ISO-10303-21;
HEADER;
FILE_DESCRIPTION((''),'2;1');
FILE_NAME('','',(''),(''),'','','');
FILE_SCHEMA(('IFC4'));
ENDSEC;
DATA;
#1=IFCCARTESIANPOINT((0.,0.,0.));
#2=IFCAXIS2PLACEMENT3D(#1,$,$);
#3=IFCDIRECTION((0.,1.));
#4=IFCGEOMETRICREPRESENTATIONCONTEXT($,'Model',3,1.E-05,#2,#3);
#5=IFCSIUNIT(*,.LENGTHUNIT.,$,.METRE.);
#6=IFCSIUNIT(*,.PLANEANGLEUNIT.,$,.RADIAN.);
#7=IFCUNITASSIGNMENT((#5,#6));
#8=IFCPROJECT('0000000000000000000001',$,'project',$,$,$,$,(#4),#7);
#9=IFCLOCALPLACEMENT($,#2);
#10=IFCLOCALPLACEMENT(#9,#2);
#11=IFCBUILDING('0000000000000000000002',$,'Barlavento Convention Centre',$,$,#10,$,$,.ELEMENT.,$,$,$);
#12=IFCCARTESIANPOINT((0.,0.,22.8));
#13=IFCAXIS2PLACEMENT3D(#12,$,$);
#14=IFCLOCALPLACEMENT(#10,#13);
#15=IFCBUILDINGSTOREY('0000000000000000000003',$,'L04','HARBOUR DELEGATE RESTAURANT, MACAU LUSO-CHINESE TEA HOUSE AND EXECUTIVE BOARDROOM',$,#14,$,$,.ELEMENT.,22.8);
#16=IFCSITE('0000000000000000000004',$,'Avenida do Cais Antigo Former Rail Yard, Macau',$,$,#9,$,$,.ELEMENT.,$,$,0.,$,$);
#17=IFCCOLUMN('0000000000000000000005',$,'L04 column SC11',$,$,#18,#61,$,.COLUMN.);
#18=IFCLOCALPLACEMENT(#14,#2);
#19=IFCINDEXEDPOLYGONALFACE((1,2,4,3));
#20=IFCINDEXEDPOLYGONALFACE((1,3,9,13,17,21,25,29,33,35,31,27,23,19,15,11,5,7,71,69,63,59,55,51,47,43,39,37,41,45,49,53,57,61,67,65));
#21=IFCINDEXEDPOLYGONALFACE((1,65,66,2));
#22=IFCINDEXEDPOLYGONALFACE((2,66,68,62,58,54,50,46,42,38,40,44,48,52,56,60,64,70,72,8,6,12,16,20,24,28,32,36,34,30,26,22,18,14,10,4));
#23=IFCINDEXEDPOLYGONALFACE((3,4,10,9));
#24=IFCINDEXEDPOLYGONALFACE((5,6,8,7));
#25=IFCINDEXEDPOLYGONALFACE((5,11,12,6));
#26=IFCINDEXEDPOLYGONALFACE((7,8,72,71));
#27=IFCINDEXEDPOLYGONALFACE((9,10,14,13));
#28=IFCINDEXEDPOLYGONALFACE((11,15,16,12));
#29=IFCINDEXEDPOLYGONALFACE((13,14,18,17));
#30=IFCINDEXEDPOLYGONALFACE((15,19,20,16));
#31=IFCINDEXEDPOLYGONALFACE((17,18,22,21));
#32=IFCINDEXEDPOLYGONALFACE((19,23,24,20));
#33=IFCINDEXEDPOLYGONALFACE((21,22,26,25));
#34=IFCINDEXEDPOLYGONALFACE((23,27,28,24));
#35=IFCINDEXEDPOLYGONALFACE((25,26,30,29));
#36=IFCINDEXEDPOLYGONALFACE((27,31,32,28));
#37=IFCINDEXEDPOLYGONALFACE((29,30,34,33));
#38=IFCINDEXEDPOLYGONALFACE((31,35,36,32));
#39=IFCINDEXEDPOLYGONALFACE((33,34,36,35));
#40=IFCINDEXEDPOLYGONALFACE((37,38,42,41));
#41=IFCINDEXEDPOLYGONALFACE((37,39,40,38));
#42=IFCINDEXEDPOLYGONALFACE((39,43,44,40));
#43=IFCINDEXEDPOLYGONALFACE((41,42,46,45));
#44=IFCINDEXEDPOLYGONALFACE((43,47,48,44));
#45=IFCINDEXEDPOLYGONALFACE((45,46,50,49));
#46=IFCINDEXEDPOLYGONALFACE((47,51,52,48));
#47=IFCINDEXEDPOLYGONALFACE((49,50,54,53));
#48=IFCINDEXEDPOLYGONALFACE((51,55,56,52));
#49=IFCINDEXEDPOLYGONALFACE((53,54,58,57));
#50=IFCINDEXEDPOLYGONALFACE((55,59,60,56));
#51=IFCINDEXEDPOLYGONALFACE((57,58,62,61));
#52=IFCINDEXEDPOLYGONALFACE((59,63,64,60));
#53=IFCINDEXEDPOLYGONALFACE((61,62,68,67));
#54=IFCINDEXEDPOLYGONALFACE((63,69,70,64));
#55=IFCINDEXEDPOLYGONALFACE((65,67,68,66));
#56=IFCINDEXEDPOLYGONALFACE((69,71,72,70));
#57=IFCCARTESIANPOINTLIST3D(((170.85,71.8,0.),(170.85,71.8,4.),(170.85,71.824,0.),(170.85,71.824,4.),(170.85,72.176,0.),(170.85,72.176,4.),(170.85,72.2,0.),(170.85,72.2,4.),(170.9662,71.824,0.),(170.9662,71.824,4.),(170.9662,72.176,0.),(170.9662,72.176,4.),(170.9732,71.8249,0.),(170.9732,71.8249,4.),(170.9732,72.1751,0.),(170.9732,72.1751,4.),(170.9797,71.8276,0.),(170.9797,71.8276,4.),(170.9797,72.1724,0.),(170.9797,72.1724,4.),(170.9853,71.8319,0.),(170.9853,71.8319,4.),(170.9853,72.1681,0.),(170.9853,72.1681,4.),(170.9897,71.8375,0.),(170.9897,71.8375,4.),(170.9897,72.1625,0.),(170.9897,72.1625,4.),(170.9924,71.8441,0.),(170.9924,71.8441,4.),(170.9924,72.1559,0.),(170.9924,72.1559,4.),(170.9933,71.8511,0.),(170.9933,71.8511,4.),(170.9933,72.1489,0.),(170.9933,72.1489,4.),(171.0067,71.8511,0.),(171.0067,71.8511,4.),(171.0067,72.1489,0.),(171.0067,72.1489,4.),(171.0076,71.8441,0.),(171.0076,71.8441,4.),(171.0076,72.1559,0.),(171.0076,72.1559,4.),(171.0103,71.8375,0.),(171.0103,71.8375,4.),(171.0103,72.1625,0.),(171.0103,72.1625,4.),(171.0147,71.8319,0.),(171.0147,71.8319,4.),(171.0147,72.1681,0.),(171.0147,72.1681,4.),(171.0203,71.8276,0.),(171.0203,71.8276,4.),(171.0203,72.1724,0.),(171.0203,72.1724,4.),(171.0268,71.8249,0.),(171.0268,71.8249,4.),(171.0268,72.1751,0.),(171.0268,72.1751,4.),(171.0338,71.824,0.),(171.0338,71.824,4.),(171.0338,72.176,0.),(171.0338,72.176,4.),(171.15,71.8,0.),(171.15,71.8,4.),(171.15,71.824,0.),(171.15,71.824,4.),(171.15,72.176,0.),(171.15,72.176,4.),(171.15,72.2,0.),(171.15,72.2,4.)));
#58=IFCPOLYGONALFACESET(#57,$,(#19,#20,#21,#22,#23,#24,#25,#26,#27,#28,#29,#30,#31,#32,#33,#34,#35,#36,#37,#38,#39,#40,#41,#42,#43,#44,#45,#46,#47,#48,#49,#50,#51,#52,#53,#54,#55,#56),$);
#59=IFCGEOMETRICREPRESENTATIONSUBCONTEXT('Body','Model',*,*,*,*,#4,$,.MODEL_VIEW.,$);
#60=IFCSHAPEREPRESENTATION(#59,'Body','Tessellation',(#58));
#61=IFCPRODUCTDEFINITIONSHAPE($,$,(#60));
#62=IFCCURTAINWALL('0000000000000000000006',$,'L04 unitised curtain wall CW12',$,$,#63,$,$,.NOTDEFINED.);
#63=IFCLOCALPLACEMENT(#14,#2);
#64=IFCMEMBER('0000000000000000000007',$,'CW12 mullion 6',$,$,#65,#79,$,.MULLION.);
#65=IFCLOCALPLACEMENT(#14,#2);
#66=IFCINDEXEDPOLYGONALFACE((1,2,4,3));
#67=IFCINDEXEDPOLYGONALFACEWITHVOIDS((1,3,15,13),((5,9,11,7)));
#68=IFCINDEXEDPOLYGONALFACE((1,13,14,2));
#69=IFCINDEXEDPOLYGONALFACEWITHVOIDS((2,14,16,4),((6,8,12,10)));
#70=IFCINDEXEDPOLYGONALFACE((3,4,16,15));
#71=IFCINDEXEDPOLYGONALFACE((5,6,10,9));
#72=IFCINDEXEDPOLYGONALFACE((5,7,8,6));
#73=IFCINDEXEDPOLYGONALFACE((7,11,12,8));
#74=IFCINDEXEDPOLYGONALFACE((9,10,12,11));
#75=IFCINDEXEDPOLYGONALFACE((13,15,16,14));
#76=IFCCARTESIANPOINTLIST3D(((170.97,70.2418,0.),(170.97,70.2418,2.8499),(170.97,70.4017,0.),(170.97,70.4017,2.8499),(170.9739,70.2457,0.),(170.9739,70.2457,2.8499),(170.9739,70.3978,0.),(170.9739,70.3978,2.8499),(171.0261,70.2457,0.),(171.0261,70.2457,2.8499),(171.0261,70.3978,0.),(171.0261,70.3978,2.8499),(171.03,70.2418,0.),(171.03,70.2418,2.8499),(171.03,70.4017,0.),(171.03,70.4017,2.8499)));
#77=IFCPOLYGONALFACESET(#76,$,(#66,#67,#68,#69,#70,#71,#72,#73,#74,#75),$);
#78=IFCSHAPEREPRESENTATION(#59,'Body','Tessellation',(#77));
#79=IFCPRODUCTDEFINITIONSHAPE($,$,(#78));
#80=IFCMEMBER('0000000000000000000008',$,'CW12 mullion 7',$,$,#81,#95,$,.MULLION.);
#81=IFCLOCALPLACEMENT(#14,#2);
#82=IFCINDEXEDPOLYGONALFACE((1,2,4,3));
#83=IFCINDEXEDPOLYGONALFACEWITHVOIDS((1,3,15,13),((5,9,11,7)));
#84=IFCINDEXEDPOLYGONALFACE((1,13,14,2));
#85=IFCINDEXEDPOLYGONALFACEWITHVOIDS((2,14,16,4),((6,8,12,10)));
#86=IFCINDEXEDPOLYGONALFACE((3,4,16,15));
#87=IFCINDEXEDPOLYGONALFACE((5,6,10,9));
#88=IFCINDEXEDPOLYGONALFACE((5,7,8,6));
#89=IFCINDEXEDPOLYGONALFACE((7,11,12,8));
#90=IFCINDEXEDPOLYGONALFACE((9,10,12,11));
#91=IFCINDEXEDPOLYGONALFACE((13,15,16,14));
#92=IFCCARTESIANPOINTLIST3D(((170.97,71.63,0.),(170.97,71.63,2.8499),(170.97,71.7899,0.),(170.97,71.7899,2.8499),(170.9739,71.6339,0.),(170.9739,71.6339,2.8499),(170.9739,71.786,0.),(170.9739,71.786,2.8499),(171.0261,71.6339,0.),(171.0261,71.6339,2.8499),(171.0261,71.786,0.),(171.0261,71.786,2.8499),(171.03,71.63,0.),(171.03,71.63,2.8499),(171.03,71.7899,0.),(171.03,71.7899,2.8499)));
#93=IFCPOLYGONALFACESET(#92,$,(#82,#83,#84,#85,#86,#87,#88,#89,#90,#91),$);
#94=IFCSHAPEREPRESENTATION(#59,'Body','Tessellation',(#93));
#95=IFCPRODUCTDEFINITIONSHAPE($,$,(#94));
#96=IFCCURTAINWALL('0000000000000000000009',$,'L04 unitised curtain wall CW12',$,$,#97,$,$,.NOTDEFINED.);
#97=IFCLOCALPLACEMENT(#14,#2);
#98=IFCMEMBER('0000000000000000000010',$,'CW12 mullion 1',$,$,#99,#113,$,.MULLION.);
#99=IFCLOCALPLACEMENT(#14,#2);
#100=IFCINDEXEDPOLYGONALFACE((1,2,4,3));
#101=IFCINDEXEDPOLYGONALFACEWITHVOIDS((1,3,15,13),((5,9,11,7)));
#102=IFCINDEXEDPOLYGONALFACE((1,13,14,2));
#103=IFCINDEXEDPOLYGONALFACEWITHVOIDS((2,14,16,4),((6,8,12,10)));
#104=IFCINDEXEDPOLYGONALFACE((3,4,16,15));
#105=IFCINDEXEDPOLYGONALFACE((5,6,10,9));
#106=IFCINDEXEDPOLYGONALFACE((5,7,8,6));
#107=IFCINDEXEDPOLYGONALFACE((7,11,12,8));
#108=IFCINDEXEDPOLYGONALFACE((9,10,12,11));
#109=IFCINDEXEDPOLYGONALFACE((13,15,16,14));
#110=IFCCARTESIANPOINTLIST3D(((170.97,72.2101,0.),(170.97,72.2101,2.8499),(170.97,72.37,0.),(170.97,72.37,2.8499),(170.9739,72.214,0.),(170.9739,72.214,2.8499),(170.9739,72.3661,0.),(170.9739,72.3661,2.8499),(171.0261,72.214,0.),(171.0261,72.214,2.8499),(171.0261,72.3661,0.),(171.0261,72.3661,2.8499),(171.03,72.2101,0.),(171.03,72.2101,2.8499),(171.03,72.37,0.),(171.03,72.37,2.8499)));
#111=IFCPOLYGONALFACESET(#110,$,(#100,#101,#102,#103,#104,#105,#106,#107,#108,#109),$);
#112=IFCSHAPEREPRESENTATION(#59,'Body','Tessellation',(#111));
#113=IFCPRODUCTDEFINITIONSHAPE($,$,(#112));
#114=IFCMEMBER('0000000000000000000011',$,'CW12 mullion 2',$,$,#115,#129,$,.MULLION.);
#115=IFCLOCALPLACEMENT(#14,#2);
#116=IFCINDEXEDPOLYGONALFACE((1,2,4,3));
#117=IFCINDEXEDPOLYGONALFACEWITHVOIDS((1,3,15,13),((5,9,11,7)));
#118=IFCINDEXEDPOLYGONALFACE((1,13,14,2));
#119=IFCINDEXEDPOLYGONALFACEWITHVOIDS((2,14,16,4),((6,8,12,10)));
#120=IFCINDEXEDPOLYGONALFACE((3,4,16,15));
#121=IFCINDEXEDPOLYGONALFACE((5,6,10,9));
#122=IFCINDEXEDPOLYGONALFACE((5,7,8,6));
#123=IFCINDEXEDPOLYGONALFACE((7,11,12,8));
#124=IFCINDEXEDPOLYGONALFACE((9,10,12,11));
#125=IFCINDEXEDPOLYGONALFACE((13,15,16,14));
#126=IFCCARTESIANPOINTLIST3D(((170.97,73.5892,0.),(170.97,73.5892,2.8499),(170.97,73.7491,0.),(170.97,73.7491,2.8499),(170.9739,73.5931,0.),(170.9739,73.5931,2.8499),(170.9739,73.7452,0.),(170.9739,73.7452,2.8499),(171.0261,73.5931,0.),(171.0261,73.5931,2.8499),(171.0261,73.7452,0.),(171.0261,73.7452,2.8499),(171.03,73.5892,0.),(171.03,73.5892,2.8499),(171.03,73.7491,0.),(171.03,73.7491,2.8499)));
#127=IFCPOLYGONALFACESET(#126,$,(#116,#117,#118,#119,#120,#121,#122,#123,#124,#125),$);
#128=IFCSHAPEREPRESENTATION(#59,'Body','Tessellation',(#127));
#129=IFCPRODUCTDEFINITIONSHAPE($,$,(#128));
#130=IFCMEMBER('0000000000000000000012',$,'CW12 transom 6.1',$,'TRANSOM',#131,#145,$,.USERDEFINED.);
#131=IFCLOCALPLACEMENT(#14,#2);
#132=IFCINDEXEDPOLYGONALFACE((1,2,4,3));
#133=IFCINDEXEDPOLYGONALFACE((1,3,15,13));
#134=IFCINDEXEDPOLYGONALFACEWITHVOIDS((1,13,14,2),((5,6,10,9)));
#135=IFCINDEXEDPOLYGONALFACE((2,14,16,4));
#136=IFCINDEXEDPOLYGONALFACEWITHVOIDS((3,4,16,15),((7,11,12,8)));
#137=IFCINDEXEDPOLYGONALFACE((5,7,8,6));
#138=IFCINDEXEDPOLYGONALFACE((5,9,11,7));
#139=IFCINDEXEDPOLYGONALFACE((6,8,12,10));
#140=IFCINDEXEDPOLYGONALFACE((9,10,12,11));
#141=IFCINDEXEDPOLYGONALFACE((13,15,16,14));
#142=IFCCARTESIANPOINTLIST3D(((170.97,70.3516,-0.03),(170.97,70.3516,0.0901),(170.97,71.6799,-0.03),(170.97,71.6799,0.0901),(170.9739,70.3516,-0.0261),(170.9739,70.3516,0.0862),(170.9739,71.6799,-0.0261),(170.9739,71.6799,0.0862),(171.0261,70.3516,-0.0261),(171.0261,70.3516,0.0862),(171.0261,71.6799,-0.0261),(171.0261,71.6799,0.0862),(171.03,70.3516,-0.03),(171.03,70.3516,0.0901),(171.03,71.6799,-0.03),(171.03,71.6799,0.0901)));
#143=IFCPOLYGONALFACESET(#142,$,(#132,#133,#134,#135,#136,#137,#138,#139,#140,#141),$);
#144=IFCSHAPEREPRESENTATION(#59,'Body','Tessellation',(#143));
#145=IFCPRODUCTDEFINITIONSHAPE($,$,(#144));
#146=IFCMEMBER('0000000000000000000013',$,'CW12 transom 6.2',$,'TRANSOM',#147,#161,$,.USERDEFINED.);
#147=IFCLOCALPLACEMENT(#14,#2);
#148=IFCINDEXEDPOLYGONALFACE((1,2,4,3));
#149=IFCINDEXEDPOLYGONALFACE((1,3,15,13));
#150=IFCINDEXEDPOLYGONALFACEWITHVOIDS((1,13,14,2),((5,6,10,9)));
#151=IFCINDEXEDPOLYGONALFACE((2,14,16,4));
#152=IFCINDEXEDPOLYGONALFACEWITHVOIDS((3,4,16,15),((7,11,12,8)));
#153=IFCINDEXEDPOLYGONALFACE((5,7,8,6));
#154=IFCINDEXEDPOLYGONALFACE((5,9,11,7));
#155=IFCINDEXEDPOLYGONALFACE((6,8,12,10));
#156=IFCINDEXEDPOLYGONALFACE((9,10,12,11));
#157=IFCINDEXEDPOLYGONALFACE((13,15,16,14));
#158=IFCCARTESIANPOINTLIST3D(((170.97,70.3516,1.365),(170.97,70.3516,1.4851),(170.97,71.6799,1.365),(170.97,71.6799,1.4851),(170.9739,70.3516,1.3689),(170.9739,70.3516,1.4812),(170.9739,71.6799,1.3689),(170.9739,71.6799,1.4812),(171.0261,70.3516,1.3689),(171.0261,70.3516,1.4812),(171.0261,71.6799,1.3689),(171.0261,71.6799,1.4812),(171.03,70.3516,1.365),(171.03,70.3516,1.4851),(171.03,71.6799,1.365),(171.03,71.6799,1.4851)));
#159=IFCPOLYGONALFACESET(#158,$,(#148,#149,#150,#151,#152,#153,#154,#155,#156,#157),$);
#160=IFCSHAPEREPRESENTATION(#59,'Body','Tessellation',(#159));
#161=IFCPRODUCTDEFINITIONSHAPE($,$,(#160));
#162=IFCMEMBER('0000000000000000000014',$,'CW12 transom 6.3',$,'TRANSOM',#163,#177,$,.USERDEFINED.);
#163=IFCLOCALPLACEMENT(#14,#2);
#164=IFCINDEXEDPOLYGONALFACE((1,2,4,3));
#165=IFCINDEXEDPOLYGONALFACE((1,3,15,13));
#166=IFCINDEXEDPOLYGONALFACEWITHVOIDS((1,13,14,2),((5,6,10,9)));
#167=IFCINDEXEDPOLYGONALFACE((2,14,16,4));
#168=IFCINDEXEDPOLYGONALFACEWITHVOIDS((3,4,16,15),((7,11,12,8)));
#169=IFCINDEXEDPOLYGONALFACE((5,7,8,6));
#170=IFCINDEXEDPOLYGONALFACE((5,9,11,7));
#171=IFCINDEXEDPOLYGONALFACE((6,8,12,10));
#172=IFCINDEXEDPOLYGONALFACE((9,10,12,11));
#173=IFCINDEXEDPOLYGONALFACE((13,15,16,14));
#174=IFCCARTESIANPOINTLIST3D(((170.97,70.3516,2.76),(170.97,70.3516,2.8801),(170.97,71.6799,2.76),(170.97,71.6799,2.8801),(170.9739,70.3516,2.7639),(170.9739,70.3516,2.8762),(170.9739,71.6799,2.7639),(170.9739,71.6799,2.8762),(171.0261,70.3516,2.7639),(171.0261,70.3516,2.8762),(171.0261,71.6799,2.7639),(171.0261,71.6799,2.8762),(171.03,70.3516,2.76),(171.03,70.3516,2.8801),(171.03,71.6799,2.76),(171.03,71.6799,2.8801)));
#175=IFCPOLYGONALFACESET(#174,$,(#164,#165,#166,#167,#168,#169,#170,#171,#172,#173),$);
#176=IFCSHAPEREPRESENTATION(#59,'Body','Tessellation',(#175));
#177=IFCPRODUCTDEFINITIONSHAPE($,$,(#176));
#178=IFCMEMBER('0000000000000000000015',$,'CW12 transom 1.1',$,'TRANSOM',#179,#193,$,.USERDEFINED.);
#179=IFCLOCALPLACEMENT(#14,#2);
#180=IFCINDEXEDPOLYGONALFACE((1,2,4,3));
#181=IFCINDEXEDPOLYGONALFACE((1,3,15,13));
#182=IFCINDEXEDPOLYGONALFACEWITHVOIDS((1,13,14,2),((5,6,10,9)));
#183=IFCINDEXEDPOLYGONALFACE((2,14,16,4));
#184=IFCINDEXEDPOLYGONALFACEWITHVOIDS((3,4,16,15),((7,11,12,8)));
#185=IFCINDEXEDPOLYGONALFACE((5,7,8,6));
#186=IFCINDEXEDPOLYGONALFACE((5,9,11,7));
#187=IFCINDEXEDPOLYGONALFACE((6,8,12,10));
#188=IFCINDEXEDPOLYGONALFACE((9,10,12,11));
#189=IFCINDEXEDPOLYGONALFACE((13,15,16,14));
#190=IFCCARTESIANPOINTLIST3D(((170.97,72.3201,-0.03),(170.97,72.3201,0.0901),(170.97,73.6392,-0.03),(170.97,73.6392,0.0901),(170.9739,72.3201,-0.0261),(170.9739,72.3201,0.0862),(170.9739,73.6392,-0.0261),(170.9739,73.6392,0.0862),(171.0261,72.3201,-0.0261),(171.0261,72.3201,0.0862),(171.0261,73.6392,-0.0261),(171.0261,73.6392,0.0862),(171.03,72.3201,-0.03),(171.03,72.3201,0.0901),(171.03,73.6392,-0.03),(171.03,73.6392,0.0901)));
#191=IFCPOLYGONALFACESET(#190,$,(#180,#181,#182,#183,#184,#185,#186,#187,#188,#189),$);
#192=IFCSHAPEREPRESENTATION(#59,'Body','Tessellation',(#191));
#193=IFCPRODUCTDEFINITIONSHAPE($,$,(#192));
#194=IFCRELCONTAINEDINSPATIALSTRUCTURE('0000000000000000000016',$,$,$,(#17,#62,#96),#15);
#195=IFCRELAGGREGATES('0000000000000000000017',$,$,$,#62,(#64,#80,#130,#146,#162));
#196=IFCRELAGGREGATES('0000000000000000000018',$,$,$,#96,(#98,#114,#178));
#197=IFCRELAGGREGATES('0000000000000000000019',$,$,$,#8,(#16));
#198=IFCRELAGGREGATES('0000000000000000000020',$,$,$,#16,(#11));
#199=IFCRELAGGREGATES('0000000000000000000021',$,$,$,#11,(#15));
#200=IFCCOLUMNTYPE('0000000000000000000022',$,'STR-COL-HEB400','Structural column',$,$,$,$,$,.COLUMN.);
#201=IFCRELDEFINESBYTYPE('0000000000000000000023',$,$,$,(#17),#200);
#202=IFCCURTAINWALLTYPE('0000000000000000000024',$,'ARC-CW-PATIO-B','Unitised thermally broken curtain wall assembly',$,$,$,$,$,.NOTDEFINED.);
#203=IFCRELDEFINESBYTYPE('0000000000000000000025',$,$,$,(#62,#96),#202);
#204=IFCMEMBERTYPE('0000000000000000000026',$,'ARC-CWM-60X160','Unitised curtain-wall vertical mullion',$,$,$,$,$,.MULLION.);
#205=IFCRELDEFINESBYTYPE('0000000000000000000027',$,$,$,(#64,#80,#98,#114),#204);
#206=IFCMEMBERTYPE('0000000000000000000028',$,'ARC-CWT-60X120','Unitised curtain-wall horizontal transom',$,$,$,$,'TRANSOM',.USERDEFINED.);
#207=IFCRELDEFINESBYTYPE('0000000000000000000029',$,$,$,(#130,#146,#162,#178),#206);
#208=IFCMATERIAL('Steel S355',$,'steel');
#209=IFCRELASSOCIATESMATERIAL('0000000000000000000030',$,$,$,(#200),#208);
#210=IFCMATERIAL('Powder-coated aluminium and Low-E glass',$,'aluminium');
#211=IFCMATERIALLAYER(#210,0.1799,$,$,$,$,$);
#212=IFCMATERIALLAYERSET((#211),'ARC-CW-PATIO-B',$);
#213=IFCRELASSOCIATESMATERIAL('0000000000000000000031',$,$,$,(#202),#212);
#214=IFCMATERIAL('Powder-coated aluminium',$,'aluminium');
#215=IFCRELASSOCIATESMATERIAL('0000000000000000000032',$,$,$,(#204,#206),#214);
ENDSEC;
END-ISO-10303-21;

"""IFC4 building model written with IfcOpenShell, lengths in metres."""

from ifc_helpers import new_model, si_unit, direction, frame, origin, origin_2d, place, context, subcontext, project, spatial, hollow_rectangle, i_section, extrude, material, layer, layer_set, material_profile, profile_set, type_object, element, aggregate, save


model = new_model("IFC4")

# Units and contexts
model_context = context("Model", 3, precision=1e-05, world=origin(), true_north=direction((0.0, 1.0)))
body_context = subcontext(model_context, "Body", "Model", "MODEL_VIEW")
ifc_project = project(units=[si_unit("LENGTHUNIT", "METRE"), si_unit("PLANEANGLEUNIT", "RADIAN")], contexts=[model_context])

# Site, building, storey
site_placement = place(None, origin())
site = spatial("IfcSite", under=ifc_project, at=site_placement, Name="Avenida do Cais Antigo Former Rail Yard, Macau", CompositionType="ELEMENT", RefElevation=0.0)
building_placement = place(site_placement, origin())
building = spatial("IfcBuilding", under=site, at=building_placement, Name="Barlavento Convention Centre", CompositionType="ELEMENT")
storey_placement = place(building_placement, frame((0.0, 0.0, 22.8)))
storey = spatial("IfcBuildingStorey", under=building, at=storey_placement, Name="L04", Description="HARBOUR DELEGATE RESTAURANT, MACAU LUSO-CHINESE TEA HOUSE AND EXECUTIVE BOARDROOM", CompositionType="ELEMENT", Elevation=22.8)

# Column
ifc_material_1 = material(Name="Steel S355", Category="steel")
ifc_material_profile_1 = material_profile(ifc_material_1, i_section(OverallWidth=0.3, OverallDepth=0.3999, WebThickness=0.0134, FlangeThickness=0.0239, FilletRadius=0.0271, at=origin_2d()), Name="HEB 400")
ifc_profile_set_1 = profile_set([ifc_material_profile_1], Name="Steel S355")
column_type = type_object("IfcColumnType", Name="STR-COL-HEB400", Description="Structural column", PredefinedType="COLUMN", material=ifc_profile_set_1)
column_placement = place(storey_placement, frame((171.0, 72.0, 0.0), z_axis=(0.0, 0.0, 1.0), x_axis=(1.0, 0.0, 0.0)))
element("IfcColumn", 1, at=column_placement, inside=storey, type_object=column_type, Name="L04 column SC11", PredefinedType="COLUMN", context=body_context, shape_type="SweptSolid", body=[
    extrude(i_section(OverallWidth=0.3, OverallDepth=0.3999, WebThickness=0.0134, FlangeThickness=0.0239, FilletRadius=0.0271, at=origin_2d()), origin(), (0.0, 0.0, 1.0), 4.0),
])

# Curtain walls, members
ifc_material_2 = material(Name="Powder-coated aluminium and Low-E glass", Category="aluminium")
ifc_layer_1 = layer(ifc_material_2, 0.1799)
ifc_layer_set_1 = layer_set([ifc_layer_1], Name="ARC-CW-PATIO-B")
curtain_wall_type = type_object("IfcCurtainWallType", Name="ARC-CW-PATIO-B", Description="Unitised thermally broken curtain wall assembly", PredefinedType="NOTDEFINED", material=ifc_layer_set_1)
curtain_wall_1_placement = place(storey_placement, origin())
curtain_wall_1 = element("IfcCurtainWall", 2, at=curtain_wall_1_placement, inside=storey, type_object=curtain_wall_type, Name="L04 unitised curtain wall CW12", PredefinedType="NOTDEFINED")
ifc_material_3 = material(Name="Powder-coated aluminium", Category="aluminium")
ifc_material_profile_2 = material_profile(ifc_material_3, hollow_rectangle(XDim=0.0601, YDim=0.1599, WallThickness=0.0039, at=origin_2d()), Name="AL-MULL 60x160x4")
ifc_profile_set_2 = profile_set([ifc_material_profile_2], Name="Powder-coated aluminium")
member_type_1 = type_object("IfcMemberType", Name="ARC-CWM-60X160", Description="Unitised curtain-wall vertical mullion", PredefinedType="MULLION", material=ifc_profile_set_2)
member_1_placement = place(storey_placement, frame((171.0, 70.3218, 0.0), z_axis=(0.0, 0.0, 1.0), x_axis=(-1.0, 0.0, 0.0)))
member_1 = element("IfcMember", 3, at=member_1_placement, type_object=member_type_1, Name="CW12 mullion 6", PredefinedType="MULLION", context=body_context, shape_type="SweptSolid", body=[
    extrude(hollow_rectangle(XDim=0.0601, YDim=0.1599, WallThickness=0.0039, at=origin_2d()), origin(), (0.0, 0.0, 1.0), 2.8499),
])
member_2_placement = place(storey_placement, frame((171.0, 71.71, 0.0), z_axis=(0.0, 0.0, 1.0), x_axis=(-1.0, 0.0, 0.0)))
member_2 = element("IfcMember", 4, at=member_2_placement, type_object=member_type_1, Name="CW12 mullion 7", PredefinedType="MULLION", context=body_context, shape_type="SweptSolid", body=[
    extrude(hollow_rectangle(XDim=0.0601, YDim=0.1599, WallThickness=0.0039, at=origin_2d()), origin(), (0.0, 0.0, 1.0), 2.8499),
])
curtain_wall_2_placement = place(storey_placement, origin())
curtain_wall_2 = element("IfcCurtainWall", 5, at=curtain_wall_2_placement, inside=storey, type_object=curtain_wall_type, Name="L04 unitised curtain wall CW12", PredefinedType="NOTDEFINED")
member_3_placement = place(storey_placement, frame((171.0, 72.29, 0.0), z_axis=(0.0, 0.0, 1.0), x_axis=(-1.0, 0.0, 0.0)))
member_3 = element("IfcMember", 6, at=member_3_placement, type_object=member_type_1, Name="CW12 mullion 1", PredefinedType="MULLION", context=body_context, shape_type="SweptSolid", body=[
    extrude(hollow_rectangle(XDim=0.0601, YDim=0.1599, WallThickness=0.0039, at=origin_2d()), origin(), (0.0, 0.0, 1.0), 2.8499),
])
member_4_placement = place(storey_placement, frame((171.0, 73.6692, 0.0), z_axis=(0.0, 0.0, 1.0), x_axis=(-1.0, 0.0, 0.0)))
member_4 = element("IfcMember", 7, at=member_4_placement, type_object=member_type_1, Name="CW12 mullion 2", PredefinedType="MULLION", context=body_context, shape_type="SweptSolid", body=[
    extrude(hollow_rectangle(XDim=0.0601, YDim=0.1599, WallThickness=0.0039, at=origin_2d()), origin(), (0.0, 0.0, 1.0), 2.8499),
])

# Members
ifc_material_profile_3 = material_profile(ifc_material_3, hollow_rectangle(XDim=0.0601, YDim=0.1201, WallThickness=0.0039, at=origin_2d()), Name="AL-TRAN 60x120x4")
ifc_profile_set_3 = profile_set([ifc_material_profile_3], Name="Powder-coated aluminium")
member_type_2 = type_object("IfcMemberType", Name="ARC-CWT-60X120", Description="Unitised curtain-wall horizontal transom", ElementType="TRANSOM", PredefinedType="USERDEFINED", material=ifc_profile_set_3)
member_5_placement = place(storey_placement, frame((171.0, 70.3516, 0.03), z_axis=(0.0, 1.0, 0.0), x_axis=(-1.0, 0.0, 0.0)))
member_5 = element("IfcMember", 8, at=member_5_placement, type_object=member_type_2, Name="CW12 transom 6.1", ObjectType="TRANSOM", PredefinedType="USERDEFINED", context=body_context, shape_type="SweptSolid", body=[
    extrude(hollow_rectangle(XDim=0.0601, YDim=0.1201, WallThickness=0.0039, at=origin_2d()), origin(), (0.0, 0.0, 1.0), 1.3284),
])
member_6_placement = place(storey_placement, frame((171.0, 70.3516, 1.425), z_axis=(0.0, 1.0, 0.0), x_axis=(-1.0, 0.0, 0.0)))
member_6 = element("IfcMember", 9, at=member_6_placement, type_object=member_type_2, Name="CW12 transom 6.2", ObjectType="TRANSOM", PredefinedType="USERDEFINED", context=body_context, shape_type="SweptSolid", body=[
    extrude(hollow_rectangle(XDim=0.0601, YDim=0.1201, WallThickness=0.0039, at=origin_2d()), origin(), (0.0, 0.0, 1.0), 1.3284),
])
member_7_placement = place(storey_placement, frame((171.0, 70.3516, 2.8201), z_axis=(0.0, 1.0, 0.0), x_axis=(-1.0, 0.0, 0.0)))
member_7 = element("IfcMember", 10, at=member_7_placement, type_object=member_type_2, Name="CW12 transom 6.3", ObjectType="TRANSOM", PredefinedType="USERDEFINED", context=body_context, shape_type="SweptSolid", body=[
    extrude(hollow_rectangle(XDim=0.0601, YDim=0.1201, WallThickness=0.0039, at=origin_2d()), origin(), (0.0, 0.0, 1.0), 1.3284),
])
member_8_placement = place(storey_placement, frame((171.0, 72.3201, 0.03), z_axis=(0.0, 1.0, 0.0), x_axis=(-1.0, 0.0, 0.0)))
member_8 = element("IfcMember", 11, at=member_8_placement, type_object=member_type_2, Name="CW12 transom 1.1", ObjectType="TRANSOM", PredefinedType="USERDEFINED", context=body_context, shape_type="SweptSolid", body=[
    extrude(hollow_rectangle(XDim=0.0601, YDim=0.1201, WallThickness=0.0039, at=origin_2d()), origin(), (0.0, 0.0, 1.0), 1.3191),
])

aggregate(curtain_wall_1, [member_1, member_2, member_5, member_6, member_7])
aggregate(curtain_wall_2, [member_3, member_4, member_8])

save(model, "model.ifc")
